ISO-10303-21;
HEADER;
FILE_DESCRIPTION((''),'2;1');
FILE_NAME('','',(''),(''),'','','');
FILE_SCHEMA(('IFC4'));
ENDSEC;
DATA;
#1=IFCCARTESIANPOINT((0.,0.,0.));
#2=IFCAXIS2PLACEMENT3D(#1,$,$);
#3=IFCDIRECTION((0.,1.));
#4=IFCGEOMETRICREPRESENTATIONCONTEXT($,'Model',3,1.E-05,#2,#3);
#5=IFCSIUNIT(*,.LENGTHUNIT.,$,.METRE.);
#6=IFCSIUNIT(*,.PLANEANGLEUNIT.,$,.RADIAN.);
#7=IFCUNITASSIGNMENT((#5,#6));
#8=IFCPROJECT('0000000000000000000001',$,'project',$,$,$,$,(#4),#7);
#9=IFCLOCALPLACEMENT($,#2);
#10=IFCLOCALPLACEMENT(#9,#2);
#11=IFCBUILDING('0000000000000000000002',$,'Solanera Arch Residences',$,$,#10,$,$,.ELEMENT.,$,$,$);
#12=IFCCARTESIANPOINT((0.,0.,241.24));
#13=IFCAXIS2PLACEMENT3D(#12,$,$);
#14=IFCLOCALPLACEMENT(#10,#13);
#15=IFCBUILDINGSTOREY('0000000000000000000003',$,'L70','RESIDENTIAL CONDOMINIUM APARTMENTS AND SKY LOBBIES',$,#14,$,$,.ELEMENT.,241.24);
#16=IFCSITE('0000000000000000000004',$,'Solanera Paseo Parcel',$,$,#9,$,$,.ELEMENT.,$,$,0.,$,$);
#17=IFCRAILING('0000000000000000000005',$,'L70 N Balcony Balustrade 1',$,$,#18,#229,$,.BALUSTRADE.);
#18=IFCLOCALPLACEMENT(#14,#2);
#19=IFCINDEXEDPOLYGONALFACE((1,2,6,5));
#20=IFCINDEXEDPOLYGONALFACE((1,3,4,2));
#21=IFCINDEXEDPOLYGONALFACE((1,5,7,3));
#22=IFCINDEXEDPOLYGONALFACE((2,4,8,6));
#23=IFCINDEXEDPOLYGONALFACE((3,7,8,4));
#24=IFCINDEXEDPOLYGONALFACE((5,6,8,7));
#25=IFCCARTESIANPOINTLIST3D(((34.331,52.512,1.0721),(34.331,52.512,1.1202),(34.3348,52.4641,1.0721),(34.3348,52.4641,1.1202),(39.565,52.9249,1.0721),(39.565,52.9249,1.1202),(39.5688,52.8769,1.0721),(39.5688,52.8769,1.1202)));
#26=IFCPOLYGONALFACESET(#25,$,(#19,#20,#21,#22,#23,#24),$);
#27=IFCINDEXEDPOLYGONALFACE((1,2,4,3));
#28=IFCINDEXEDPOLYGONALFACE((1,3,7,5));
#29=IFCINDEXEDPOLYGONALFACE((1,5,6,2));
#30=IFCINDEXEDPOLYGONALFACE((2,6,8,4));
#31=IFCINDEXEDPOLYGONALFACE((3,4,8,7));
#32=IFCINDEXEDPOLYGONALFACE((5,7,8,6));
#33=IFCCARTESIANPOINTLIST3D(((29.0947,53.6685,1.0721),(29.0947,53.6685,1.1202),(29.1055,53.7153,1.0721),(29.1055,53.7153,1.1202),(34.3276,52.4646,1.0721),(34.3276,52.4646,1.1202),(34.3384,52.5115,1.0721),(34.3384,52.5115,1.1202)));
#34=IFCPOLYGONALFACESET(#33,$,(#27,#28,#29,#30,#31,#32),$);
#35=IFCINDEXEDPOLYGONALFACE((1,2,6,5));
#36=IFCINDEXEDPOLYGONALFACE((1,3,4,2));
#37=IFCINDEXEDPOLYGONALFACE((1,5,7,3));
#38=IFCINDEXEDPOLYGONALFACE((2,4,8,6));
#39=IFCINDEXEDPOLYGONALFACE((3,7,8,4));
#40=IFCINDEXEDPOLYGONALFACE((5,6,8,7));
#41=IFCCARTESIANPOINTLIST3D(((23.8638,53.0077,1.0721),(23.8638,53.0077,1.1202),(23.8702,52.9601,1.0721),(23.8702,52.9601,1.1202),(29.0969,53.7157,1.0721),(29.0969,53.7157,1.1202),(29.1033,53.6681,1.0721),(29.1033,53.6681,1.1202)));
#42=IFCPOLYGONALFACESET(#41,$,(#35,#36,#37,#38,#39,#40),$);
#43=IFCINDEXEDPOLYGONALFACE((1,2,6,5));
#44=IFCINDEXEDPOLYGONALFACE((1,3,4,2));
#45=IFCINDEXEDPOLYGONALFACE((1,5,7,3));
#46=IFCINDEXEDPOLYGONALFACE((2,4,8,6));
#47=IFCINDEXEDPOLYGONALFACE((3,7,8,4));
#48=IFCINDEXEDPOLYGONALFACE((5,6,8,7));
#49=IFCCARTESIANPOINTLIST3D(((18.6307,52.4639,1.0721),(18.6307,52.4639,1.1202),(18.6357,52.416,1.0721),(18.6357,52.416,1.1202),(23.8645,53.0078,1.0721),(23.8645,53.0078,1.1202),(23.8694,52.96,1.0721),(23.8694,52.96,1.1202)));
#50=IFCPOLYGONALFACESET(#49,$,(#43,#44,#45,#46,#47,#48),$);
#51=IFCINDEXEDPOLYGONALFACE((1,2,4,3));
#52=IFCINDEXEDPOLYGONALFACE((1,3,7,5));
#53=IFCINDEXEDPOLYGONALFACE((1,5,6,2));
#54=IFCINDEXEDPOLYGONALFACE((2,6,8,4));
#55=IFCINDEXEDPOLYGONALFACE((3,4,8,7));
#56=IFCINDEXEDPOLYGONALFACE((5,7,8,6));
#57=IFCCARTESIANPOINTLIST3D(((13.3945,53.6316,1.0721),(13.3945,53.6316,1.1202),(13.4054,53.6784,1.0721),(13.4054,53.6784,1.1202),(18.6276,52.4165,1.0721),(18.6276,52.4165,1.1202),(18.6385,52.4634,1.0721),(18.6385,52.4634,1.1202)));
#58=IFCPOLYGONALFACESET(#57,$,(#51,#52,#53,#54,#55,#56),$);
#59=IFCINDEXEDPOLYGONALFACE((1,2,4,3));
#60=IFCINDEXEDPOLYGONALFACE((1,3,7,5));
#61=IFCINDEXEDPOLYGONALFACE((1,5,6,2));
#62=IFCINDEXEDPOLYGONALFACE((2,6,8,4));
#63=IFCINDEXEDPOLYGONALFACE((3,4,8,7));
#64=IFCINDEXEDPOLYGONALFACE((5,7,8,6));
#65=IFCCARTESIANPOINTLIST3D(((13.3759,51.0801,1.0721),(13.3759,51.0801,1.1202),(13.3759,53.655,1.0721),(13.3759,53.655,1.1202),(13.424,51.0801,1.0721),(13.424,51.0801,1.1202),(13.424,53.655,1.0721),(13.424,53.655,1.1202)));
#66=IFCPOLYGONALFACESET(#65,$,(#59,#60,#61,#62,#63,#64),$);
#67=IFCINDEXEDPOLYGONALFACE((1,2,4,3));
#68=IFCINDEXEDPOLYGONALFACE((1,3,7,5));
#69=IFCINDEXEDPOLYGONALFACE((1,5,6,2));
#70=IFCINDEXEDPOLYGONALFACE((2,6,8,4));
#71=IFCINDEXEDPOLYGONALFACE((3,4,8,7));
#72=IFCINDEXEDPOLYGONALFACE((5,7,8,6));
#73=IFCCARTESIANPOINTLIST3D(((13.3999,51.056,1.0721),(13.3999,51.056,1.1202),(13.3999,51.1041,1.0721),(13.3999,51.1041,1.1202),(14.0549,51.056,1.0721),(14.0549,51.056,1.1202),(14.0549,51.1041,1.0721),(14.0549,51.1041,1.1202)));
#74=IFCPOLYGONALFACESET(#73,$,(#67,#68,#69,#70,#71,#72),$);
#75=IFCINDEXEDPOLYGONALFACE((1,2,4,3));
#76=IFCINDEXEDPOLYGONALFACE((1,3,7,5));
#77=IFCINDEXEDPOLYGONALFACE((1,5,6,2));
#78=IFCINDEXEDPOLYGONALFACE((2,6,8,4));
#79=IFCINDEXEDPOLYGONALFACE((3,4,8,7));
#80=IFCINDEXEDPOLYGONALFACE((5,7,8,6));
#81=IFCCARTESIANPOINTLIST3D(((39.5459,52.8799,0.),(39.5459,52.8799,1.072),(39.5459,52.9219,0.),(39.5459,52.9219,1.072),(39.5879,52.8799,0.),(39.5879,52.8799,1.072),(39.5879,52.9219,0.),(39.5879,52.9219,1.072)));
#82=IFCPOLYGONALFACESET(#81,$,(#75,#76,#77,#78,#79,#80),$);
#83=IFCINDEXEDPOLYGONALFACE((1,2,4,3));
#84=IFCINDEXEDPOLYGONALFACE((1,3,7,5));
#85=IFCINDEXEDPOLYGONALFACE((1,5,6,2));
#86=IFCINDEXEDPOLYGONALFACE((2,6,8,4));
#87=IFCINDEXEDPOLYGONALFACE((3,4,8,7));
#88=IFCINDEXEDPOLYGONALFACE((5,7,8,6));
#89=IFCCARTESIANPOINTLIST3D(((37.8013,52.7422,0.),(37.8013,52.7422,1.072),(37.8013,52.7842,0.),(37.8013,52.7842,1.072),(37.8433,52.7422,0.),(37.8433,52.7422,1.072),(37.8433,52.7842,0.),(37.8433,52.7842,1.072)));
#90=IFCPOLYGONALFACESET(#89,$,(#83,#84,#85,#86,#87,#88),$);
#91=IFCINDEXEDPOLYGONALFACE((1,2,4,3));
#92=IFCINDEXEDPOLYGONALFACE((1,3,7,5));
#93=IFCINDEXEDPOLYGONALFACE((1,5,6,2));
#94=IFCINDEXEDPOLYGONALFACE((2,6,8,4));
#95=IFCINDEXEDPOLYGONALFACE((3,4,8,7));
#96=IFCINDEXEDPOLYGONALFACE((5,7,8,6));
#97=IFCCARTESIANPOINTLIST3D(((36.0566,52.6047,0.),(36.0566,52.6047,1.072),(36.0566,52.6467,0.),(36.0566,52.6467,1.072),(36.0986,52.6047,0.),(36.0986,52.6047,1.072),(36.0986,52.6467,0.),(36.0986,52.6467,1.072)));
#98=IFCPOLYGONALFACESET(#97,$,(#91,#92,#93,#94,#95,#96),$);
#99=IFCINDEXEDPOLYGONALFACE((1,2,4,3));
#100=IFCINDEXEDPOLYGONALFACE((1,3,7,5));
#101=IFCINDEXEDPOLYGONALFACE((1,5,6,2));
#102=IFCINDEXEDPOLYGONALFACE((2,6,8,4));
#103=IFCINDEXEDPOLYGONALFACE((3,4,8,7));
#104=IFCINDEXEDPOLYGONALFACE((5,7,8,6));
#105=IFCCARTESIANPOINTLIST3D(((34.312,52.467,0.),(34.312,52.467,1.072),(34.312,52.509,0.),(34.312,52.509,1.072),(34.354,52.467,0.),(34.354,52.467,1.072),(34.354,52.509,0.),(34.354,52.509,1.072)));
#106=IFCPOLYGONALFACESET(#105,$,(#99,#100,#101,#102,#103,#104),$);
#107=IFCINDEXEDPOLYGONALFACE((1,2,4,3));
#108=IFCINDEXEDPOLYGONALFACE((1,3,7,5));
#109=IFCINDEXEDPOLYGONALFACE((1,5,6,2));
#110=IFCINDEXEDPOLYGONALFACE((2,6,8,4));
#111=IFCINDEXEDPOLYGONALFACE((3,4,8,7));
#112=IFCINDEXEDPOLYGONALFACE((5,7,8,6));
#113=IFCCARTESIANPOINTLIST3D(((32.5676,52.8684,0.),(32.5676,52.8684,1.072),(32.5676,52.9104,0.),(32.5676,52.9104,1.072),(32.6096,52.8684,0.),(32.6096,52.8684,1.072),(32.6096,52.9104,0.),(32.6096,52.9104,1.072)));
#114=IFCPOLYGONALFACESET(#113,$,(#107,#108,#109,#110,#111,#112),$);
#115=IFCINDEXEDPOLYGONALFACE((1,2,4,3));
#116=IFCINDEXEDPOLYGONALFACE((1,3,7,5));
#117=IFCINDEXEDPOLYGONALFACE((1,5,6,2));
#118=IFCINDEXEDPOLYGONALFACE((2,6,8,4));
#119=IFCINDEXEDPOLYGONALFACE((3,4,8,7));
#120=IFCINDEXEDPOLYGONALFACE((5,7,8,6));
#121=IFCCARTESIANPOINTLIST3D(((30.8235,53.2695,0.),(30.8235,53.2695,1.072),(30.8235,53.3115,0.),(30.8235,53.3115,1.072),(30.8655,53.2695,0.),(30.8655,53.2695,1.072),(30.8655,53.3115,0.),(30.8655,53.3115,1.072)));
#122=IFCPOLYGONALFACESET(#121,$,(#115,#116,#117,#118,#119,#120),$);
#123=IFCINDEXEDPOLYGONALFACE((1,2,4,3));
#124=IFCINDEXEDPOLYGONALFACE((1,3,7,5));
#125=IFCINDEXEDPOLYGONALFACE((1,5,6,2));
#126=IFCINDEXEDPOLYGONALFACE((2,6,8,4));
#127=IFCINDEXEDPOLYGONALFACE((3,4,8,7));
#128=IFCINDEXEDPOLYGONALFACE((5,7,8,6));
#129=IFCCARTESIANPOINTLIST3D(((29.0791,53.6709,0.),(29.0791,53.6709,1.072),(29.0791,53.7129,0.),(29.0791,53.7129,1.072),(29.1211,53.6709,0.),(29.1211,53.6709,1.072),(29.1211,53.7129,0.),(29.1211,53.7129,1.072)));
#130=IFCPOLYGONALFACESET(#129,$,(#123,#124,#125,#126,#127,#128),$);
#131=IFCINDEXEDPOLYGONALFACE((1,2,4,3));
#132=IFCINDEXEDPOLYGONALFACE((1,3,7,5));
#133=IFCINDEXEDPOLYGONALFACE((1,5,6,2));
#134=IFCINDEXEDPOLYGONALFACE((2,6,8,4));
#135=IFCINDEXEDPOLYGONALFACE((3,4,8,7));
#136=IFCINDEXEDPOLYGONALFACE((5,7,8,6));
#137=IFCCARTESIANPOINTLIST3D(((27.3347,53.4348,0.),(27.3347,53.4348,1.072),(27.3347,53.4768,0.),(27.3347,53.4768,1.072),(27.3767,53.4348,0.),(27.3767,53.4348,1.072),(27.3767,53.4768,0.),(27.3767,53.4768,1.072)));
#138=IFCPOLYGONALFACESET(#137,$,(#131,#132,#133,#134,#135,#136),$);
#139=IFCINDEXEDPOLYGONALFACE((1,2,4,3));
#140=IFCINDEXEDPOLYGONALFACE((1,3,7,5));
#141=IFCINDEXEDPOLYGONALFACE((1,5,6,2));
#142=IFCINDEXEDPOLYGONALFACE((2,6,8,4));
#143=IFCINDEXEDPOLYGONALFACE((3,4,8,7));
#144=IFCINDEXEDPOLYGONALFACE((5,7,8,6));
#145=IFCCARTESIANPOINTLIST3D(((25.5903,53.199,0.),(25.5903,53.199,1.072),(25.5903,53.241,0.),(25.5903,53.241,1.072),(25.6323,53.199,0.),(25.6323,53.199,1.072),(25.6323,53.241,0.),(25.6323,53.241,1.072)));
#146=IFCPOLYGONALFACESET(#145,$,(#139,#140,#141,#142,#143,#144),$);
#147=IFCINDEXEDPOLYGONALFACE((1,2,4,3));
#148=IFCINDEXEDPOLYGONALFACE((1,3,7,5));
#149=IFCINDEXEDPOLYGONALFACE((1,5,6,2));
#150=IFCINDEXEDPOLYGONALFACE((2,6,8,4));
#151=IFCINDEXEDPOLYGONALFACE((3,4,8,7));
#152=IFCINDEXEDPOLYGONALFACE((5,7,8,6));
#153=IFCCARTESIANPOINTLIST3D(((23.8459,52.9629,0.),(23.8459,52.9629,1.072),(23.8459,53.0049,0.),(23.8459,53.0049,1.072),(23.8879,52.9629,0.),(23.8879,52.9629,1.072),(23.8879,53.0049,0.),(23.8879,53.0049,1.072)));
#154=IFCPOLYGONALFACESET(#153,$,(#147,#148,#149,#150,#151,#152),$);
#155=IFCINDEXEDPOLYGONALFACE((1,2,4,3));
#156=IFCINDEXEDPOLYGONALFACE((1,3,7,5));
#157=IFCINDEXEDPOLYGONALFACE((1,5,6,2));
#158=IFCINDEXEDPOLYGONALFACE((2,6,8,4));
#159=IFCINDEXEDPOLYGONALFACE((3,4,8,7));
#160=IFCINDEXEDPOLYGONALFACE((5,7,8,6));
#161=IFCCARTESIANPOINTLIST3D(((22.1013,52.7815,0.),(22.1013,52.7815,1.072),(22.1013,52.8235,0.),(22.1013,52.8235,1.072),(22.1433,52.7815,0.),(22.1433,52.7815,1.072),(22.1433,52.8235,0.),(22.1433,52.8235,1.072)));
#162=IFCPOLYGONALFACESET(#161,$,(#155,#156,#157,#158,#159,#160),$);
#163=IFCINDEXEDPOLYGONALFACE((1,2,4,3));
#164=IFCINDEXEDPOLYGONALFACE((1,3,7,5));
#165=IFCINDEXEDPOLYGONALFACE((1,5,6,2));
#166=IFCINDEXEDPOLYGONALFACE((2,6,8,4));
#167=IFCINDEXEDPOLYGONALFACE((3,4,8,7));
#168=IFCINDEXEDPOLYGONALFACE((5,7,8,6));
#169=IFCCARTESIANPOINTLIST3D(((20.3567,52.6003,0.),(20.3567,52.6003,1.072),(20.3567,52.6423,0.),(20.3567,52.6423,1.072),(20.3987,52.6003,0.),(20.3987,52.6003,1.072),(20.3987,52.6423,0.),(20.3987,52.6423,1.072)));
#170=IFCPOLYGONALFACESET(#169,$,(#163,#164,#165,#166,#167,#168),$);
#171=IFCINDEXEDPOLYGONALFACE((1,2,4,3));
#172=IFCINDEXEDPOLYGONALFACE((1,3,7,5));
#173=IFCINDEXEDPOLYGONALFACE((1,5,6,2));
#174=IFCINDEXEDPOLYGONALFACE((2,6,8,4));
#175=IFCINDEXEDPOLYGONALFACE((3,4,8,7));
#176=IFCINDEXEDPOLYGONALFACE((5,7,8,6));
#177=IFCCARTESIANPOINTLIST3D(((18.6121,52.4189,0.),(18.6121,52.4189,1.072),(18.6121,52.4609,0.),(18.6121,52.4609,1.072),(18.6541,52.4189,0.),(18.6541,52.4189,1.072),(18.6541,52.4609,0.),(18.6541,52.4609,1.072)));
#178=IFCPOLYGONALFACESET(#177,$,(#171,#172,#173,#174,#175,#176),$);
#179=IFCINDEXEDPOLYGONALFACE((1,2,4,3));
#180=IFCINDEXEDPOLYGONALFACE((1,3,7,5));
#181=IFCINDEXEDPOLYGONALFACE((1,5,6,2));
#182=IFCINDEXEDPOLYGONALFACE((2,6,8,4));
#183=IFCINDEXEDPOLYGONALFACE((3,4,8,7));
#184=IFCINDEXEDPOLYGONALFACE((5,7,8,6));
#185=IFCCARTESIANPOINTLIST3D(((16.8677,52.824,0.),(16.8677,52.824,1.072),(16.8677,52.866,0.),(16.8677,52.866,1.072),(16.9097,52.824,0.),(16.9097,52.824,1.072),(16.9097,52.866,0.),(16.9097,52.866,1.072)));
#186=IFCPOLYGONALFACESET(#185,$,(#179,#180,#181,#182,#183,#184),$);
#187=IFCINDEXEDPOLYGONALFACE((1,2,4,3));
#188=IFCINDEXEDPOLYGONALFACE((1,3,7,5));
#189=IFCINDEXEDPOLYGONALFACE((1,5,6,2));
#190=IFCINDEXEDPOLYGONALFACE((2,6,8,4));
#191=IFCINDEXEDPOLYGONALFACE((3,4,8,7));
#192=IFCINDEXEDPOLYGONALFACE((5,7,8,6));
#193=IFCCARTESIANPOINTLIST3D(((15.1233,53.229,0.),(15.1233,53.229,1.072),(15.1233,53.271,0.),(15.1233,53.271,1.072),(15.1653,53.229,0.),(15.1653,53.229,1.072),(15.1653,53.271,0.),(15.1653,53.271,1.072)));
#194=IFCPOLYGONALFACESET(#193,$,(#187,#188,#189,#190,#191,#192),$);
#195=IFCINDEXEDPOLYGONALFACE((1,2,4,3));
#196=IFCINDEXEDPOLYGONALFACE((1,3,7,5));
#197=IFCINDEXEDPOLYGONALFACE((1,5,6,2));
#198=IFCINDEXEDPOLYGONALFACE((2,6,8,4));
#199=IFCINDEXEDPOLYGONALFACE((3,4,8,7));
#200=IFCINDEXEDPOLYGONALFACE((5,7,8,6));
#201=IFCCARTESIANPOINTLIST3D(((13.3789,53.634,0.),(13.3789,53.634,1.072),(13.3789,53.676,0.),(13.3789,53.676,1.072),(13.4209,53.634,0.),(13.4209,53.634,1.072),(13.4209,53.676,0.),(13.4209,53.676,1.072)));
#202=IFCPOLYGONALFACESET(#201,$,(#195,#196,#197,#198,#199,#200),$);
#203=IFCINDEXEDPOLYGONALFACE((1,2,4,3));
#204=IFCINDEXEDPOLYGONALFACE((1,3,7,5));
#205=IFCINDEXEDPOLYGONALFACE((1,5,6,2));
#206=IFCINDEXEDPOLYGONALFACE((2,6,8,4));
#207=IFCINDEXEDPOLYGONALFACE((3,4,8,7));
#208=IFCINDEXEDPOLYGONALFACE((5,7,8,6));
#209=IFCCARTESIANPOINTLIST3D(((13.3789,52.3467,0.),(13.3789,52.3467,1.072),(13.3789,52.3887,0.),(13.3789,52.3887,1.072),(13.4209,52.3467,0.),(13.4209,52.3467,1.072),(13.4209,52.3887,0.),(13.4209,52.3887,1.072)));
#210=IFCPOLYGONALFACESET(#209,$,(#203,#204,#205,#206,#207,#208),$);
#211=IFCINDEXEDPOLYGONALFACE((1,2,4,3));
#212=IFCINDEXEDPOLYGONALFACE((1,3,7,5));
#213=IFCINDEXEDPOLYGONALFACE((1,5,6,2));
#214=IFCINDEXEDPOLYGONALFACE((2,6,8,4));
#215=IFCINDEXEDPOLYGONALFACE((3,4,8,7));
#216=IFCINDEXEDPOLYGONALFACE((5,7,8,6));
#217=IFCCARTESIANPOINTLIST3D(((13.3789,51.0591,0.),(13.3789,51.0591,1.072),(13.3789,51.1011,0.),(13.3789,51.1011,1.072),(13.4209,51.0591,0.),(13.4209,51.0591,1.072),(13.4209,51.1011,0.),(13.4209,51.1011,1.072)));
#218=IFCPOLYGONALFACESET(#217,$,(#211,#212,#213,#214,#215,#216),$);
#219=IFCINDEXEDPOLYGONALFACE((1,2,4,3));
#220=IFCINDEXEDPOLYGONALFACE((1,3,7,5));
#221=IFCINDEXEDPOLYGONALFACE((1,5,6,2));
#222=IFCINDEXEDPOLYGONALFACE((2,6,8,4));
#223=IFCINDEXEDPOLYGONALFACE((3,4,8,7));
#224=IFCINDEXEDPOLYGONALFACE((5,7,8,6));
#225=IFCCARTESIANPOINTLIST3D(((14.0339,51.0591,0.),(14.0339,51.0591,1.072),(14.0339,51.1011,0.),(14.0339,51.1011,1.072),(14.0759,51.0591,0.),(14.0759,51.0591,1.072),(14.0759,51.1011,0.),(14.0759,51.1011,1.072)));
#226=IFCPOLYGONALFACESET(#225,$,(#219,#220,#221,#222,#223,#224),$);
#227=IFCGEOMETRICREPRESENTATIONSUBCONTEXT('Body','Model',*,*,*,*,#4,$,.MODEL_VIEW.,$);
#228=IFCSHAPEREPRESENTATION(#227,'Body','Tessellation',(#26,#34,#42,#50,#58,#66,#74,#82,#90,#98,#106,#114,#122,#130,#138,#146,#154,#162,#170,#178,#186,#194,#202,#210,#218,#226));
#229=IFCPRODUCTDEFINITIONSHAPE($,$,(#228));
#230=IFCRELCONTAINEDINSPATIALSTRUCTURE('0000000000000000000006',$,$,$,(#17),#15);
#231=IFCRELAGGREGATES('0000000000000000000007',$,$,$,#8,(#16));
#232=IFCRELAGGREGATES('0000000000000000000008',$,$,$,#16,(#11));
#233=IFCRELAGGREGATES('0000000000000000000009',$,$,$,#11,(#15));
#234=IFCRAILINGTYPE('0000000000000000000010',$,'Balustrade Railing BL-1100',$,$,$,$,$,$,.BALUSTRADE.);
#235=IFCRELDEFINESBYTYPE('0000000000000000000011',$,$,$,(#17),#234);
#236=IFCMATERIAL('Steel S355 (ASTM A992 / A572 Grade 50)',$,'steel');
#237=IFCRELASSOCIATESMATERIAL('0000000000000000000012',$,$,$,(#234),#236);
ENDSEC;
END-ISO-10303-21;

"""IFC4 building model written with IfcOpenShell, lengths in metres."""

from ifc_helpers import new_model, si_unit, direction, frame, origin, origin_2d, place, context, subcontext, project, spatial, rectangle, extrude, material, type_object, element, save


model = new_model("IFC4")

# Units and contexts
model_context = context("Model", 3, precision=1e-05, world=origin(), true_north=direction((0.0, 1.0)))
body_context = subcontext(model_context, "Body", "Model", "MODEL_VIEW")
ifc_project = project(units=[si_unit("LENGTHUNIT", "METRE"), si_unit("PLANEANGLEUNIT", "RADIAN")], contexts=[model_context])

# Site, building, storey
site_placement = place(None, origin())
site = spatial("IfcSite", under=ifc_project, at=site_placement, Name="Solanera Paseo Parcel", CompositionType="ELEMENT", RefElevation=0.0)
building_placement = place(site_placement, origin())
building = spatial("IfcBuilding", under=site, at=building_placement, Name="Solanera Arch Residences", CompositionType="ELEMENT")
storey_placement = place(building_placement, frame((0.0, 0.0, 241.24)))
storey = spatial("IfcBuildingStorey", under=building, at=storey_placement, Name="L70", Description="RESIDENTIAL CONDOMINIUM APARTMENTS AND SKY LOBBIES", CompositionType="ELEMENT", Elevation=241.24)

# Railing
ifc_material_1 = material(Name="Steel S355 (ASTM A992 / A572 Grade 50)", Category="steel")
railing_type = type_object("IfcRailingType", Name="Balustrade Railing BL-1100", PredefinedType="BALUSTRADE", material=ifc_material_1)
railing_1_placement = place(storey_placement, frame((39.5669, 52.9009, 0.0)))
element("IfcRailing", 1, at=railing_1_placement, inside=storey, type_object=railing_type, Name="L70 N Balcony Balustrade 1", PredefinedType="BALUSTRADE", context=body_context, shape_type="SweptSolid", body=[
    extrude(rectangle(XDim=0.0481, YDim=0.0481, at=origin_2d()), frame((0.0, 0.0, 1.0962), z_axis=(-0.996904, -0.078634, 0.0), x_axis=(0.078634, -0.996904, 0.0)), (0.0, 0.0, 1.0), 5.2502),
    extrude(rectangle(XDim=0.0481, YDim=0.0481, at=origin_2d()), frame((-5.2339, -0.4128, 1.0962), z_axis=(-0.974543, 0.224199, 0.0), x_axis=(-0.224199, -0.974543, 0.0)), (0.0, 0.0, 1.0), 5.3696),
    extrude(rectangle(XDim=0.0481, YDim=0.0481, at=origin_2d()), frame((-10.4668, 0.791, 1.0962), z_axis=(-0.990972, -0.134071, 0.0), x_axis=(0.134071, -0.990972, 0.0)), (0.0, 0.0, 1.0), 5.2808),
    extrude(rectangle(XDim=0.0481, YDim=0.0481, at=origin_2d()), frame((-15.7, 0.083, 1.0962), z_axis=(-0.994643, -0.103371, 0.0), x_axis=(0.103371, -0.994643, 0.0)), (0.0, 0.0, 1.0), 5.262),
    extrude(rectangle(XDim=0.0481, YDim=0.0481, at=origin_2d()), frame((-20.9338, -0.4609, 1.0962), z_axis=(-0.974087, 0.226174, 0.0), x_axis=(-0.226174, -0.974087, 0.0)), (0.0, 0.0, 1.0), 5.3723),
    extrude(rectangle(XDim=0.0481, YDim=0.0481, at=origin_2d()), frame((-26.167, 0.7542, 1.0962), z_axis=(0.0, -1.0, 0.0), x_axis=(1.0, 0.0, 0.0)), (0.0, 0.0, 1.0), 2.575),
    extrude(rectangle(XDim=0.0481, YDim=0.0481, at=origin_2d()), frame((-26.167, -1.8208, 1.0962), z_axis=(1.0, 0.0, 0.0), x_axis=(0.0, 1.0, 0.0)), (0.0, 0.0, 1.0), 0.655),
    extrude(rectangle(XDim=0.042, YDim=0.042, at=origin_2d()), origin(), (0.0, 0.0, 1.0), 1.072),
    extrude(rectangle(XDim=0.042, YDim=0.042, at=origin_2d()), frame((-1.7446, -0.1377, 0.0)), (0.0, 0.0, 1.0), 1.072),
    extrude(rectangle(XDim=0.042, YDim=0.042, at=origin_2d()), frame((-3.4893, -0.2751, 0.0)), (0.0, 0.0, 1.0), 1.072),
    extrude(rectangle(XDim=0.042, YDim=0.042, at=origin_2d()), frame((-5.2339, -0.4128, 0.0)), (0.0, 0.0, 1.0), 1.072),
    extrude(rectangle(XDim=0.042, YDim=0.042, at=origin_2d()), frame((-6.9783, -0.0115, 0.0)), (0.0, 0.0, 1.0), 1.072),
    extrude(rectangle(XDim=0.042, YDim=0.042, at=origin_2d()), frame((-8.7224, 0.3896, 0.0)), (0.0, 0.0, 1.0), 1.072),
    extrude(rectangle(XDim=0.042, YDim=0.042, at=origin_2d()), frame((-10.4668, 0.791, 0.0)), (0.0, 0.0, 1.0), 1.072),
    extrude(rectangle(XDim=0.042, YDim=0.042, at=origin_2d()), frame((-12.2112, 0.5549, 0.0)), (0.0, 0.0, 1.0), 1.072),
    extrude(rectangle(XDim=0.042, YDim=0.042, at=origin_2d()), frame((-13.9556, 0.3191, 0.0)), (0.0, 0.0, 1.0), 1.072),
    extrude(rectangle(XDim=0.042, YDim=0.042, at=origin_2d()), frame((-15.7, 0.083, 0.0)), (0.0, 0.0, 1.0), 1.072),
    extrude(rectangle(XDim=0.042, YDim=0.042, at=origin_2d()), frame((-17.4446, -0.0984, 0.0)), (0.0, 0.0, 1.0), 1.072),
    extrude(rectangle(XDim=0.042, YDim=0.042, at=origin_2d()), frame((-19.1892, -0.2795, 0.0)), (0.0, 0.0, 1.0), 1.072),
    extrude(rectangle(XDim=0.042, YDim=0.042, at=origin_2d()), frame((-20.9338, -0.4609, 0.0)), (0.0, 0.0, 1.0), 1.072),
    extrude(rectangle(XDim=0.042, YDim=0.042, at=origin_2d()), frame((-22.6782, -0.0559, 0.0)), (0.0, 0.0, 1.0), 1.072),
    extrude(rectangle(XDim=0.042, YDim=0.042, at=origin_2d()), frame((-24.4226, 0.3491, 0.0)), (0.0, 0.0, 1.0), 1.072),
    extrude(rectangle(XDim=0.042, YDim=0.042, at=origin_2d()), frame((-26.167, 0.7542, 0.0)), (0.0, 0.0, 1.0), 1.072),
    extrude(rectangle(XDim=0.042, YDim=0.042, at=origin_2d()), frame((-26.167, -0.5332, 0.0)), (0.0, 0.0, 1.0), 1.072),
    extrude(rectangle(XDim=0.042, YDim=0.042, at=origin_2d()), frame((-26.167, -1.8208, 0.0)), (0.0, 0.0, 1.0), 1.072),
    extrude(rectangle(XDim=0.042, YDim=0.042, at=origin_2d()), frame((-25.512, -1.8208, 0.0)), (0.0, 0.0, 1.0), 1.072),
])

save(model, "model.ifc")
